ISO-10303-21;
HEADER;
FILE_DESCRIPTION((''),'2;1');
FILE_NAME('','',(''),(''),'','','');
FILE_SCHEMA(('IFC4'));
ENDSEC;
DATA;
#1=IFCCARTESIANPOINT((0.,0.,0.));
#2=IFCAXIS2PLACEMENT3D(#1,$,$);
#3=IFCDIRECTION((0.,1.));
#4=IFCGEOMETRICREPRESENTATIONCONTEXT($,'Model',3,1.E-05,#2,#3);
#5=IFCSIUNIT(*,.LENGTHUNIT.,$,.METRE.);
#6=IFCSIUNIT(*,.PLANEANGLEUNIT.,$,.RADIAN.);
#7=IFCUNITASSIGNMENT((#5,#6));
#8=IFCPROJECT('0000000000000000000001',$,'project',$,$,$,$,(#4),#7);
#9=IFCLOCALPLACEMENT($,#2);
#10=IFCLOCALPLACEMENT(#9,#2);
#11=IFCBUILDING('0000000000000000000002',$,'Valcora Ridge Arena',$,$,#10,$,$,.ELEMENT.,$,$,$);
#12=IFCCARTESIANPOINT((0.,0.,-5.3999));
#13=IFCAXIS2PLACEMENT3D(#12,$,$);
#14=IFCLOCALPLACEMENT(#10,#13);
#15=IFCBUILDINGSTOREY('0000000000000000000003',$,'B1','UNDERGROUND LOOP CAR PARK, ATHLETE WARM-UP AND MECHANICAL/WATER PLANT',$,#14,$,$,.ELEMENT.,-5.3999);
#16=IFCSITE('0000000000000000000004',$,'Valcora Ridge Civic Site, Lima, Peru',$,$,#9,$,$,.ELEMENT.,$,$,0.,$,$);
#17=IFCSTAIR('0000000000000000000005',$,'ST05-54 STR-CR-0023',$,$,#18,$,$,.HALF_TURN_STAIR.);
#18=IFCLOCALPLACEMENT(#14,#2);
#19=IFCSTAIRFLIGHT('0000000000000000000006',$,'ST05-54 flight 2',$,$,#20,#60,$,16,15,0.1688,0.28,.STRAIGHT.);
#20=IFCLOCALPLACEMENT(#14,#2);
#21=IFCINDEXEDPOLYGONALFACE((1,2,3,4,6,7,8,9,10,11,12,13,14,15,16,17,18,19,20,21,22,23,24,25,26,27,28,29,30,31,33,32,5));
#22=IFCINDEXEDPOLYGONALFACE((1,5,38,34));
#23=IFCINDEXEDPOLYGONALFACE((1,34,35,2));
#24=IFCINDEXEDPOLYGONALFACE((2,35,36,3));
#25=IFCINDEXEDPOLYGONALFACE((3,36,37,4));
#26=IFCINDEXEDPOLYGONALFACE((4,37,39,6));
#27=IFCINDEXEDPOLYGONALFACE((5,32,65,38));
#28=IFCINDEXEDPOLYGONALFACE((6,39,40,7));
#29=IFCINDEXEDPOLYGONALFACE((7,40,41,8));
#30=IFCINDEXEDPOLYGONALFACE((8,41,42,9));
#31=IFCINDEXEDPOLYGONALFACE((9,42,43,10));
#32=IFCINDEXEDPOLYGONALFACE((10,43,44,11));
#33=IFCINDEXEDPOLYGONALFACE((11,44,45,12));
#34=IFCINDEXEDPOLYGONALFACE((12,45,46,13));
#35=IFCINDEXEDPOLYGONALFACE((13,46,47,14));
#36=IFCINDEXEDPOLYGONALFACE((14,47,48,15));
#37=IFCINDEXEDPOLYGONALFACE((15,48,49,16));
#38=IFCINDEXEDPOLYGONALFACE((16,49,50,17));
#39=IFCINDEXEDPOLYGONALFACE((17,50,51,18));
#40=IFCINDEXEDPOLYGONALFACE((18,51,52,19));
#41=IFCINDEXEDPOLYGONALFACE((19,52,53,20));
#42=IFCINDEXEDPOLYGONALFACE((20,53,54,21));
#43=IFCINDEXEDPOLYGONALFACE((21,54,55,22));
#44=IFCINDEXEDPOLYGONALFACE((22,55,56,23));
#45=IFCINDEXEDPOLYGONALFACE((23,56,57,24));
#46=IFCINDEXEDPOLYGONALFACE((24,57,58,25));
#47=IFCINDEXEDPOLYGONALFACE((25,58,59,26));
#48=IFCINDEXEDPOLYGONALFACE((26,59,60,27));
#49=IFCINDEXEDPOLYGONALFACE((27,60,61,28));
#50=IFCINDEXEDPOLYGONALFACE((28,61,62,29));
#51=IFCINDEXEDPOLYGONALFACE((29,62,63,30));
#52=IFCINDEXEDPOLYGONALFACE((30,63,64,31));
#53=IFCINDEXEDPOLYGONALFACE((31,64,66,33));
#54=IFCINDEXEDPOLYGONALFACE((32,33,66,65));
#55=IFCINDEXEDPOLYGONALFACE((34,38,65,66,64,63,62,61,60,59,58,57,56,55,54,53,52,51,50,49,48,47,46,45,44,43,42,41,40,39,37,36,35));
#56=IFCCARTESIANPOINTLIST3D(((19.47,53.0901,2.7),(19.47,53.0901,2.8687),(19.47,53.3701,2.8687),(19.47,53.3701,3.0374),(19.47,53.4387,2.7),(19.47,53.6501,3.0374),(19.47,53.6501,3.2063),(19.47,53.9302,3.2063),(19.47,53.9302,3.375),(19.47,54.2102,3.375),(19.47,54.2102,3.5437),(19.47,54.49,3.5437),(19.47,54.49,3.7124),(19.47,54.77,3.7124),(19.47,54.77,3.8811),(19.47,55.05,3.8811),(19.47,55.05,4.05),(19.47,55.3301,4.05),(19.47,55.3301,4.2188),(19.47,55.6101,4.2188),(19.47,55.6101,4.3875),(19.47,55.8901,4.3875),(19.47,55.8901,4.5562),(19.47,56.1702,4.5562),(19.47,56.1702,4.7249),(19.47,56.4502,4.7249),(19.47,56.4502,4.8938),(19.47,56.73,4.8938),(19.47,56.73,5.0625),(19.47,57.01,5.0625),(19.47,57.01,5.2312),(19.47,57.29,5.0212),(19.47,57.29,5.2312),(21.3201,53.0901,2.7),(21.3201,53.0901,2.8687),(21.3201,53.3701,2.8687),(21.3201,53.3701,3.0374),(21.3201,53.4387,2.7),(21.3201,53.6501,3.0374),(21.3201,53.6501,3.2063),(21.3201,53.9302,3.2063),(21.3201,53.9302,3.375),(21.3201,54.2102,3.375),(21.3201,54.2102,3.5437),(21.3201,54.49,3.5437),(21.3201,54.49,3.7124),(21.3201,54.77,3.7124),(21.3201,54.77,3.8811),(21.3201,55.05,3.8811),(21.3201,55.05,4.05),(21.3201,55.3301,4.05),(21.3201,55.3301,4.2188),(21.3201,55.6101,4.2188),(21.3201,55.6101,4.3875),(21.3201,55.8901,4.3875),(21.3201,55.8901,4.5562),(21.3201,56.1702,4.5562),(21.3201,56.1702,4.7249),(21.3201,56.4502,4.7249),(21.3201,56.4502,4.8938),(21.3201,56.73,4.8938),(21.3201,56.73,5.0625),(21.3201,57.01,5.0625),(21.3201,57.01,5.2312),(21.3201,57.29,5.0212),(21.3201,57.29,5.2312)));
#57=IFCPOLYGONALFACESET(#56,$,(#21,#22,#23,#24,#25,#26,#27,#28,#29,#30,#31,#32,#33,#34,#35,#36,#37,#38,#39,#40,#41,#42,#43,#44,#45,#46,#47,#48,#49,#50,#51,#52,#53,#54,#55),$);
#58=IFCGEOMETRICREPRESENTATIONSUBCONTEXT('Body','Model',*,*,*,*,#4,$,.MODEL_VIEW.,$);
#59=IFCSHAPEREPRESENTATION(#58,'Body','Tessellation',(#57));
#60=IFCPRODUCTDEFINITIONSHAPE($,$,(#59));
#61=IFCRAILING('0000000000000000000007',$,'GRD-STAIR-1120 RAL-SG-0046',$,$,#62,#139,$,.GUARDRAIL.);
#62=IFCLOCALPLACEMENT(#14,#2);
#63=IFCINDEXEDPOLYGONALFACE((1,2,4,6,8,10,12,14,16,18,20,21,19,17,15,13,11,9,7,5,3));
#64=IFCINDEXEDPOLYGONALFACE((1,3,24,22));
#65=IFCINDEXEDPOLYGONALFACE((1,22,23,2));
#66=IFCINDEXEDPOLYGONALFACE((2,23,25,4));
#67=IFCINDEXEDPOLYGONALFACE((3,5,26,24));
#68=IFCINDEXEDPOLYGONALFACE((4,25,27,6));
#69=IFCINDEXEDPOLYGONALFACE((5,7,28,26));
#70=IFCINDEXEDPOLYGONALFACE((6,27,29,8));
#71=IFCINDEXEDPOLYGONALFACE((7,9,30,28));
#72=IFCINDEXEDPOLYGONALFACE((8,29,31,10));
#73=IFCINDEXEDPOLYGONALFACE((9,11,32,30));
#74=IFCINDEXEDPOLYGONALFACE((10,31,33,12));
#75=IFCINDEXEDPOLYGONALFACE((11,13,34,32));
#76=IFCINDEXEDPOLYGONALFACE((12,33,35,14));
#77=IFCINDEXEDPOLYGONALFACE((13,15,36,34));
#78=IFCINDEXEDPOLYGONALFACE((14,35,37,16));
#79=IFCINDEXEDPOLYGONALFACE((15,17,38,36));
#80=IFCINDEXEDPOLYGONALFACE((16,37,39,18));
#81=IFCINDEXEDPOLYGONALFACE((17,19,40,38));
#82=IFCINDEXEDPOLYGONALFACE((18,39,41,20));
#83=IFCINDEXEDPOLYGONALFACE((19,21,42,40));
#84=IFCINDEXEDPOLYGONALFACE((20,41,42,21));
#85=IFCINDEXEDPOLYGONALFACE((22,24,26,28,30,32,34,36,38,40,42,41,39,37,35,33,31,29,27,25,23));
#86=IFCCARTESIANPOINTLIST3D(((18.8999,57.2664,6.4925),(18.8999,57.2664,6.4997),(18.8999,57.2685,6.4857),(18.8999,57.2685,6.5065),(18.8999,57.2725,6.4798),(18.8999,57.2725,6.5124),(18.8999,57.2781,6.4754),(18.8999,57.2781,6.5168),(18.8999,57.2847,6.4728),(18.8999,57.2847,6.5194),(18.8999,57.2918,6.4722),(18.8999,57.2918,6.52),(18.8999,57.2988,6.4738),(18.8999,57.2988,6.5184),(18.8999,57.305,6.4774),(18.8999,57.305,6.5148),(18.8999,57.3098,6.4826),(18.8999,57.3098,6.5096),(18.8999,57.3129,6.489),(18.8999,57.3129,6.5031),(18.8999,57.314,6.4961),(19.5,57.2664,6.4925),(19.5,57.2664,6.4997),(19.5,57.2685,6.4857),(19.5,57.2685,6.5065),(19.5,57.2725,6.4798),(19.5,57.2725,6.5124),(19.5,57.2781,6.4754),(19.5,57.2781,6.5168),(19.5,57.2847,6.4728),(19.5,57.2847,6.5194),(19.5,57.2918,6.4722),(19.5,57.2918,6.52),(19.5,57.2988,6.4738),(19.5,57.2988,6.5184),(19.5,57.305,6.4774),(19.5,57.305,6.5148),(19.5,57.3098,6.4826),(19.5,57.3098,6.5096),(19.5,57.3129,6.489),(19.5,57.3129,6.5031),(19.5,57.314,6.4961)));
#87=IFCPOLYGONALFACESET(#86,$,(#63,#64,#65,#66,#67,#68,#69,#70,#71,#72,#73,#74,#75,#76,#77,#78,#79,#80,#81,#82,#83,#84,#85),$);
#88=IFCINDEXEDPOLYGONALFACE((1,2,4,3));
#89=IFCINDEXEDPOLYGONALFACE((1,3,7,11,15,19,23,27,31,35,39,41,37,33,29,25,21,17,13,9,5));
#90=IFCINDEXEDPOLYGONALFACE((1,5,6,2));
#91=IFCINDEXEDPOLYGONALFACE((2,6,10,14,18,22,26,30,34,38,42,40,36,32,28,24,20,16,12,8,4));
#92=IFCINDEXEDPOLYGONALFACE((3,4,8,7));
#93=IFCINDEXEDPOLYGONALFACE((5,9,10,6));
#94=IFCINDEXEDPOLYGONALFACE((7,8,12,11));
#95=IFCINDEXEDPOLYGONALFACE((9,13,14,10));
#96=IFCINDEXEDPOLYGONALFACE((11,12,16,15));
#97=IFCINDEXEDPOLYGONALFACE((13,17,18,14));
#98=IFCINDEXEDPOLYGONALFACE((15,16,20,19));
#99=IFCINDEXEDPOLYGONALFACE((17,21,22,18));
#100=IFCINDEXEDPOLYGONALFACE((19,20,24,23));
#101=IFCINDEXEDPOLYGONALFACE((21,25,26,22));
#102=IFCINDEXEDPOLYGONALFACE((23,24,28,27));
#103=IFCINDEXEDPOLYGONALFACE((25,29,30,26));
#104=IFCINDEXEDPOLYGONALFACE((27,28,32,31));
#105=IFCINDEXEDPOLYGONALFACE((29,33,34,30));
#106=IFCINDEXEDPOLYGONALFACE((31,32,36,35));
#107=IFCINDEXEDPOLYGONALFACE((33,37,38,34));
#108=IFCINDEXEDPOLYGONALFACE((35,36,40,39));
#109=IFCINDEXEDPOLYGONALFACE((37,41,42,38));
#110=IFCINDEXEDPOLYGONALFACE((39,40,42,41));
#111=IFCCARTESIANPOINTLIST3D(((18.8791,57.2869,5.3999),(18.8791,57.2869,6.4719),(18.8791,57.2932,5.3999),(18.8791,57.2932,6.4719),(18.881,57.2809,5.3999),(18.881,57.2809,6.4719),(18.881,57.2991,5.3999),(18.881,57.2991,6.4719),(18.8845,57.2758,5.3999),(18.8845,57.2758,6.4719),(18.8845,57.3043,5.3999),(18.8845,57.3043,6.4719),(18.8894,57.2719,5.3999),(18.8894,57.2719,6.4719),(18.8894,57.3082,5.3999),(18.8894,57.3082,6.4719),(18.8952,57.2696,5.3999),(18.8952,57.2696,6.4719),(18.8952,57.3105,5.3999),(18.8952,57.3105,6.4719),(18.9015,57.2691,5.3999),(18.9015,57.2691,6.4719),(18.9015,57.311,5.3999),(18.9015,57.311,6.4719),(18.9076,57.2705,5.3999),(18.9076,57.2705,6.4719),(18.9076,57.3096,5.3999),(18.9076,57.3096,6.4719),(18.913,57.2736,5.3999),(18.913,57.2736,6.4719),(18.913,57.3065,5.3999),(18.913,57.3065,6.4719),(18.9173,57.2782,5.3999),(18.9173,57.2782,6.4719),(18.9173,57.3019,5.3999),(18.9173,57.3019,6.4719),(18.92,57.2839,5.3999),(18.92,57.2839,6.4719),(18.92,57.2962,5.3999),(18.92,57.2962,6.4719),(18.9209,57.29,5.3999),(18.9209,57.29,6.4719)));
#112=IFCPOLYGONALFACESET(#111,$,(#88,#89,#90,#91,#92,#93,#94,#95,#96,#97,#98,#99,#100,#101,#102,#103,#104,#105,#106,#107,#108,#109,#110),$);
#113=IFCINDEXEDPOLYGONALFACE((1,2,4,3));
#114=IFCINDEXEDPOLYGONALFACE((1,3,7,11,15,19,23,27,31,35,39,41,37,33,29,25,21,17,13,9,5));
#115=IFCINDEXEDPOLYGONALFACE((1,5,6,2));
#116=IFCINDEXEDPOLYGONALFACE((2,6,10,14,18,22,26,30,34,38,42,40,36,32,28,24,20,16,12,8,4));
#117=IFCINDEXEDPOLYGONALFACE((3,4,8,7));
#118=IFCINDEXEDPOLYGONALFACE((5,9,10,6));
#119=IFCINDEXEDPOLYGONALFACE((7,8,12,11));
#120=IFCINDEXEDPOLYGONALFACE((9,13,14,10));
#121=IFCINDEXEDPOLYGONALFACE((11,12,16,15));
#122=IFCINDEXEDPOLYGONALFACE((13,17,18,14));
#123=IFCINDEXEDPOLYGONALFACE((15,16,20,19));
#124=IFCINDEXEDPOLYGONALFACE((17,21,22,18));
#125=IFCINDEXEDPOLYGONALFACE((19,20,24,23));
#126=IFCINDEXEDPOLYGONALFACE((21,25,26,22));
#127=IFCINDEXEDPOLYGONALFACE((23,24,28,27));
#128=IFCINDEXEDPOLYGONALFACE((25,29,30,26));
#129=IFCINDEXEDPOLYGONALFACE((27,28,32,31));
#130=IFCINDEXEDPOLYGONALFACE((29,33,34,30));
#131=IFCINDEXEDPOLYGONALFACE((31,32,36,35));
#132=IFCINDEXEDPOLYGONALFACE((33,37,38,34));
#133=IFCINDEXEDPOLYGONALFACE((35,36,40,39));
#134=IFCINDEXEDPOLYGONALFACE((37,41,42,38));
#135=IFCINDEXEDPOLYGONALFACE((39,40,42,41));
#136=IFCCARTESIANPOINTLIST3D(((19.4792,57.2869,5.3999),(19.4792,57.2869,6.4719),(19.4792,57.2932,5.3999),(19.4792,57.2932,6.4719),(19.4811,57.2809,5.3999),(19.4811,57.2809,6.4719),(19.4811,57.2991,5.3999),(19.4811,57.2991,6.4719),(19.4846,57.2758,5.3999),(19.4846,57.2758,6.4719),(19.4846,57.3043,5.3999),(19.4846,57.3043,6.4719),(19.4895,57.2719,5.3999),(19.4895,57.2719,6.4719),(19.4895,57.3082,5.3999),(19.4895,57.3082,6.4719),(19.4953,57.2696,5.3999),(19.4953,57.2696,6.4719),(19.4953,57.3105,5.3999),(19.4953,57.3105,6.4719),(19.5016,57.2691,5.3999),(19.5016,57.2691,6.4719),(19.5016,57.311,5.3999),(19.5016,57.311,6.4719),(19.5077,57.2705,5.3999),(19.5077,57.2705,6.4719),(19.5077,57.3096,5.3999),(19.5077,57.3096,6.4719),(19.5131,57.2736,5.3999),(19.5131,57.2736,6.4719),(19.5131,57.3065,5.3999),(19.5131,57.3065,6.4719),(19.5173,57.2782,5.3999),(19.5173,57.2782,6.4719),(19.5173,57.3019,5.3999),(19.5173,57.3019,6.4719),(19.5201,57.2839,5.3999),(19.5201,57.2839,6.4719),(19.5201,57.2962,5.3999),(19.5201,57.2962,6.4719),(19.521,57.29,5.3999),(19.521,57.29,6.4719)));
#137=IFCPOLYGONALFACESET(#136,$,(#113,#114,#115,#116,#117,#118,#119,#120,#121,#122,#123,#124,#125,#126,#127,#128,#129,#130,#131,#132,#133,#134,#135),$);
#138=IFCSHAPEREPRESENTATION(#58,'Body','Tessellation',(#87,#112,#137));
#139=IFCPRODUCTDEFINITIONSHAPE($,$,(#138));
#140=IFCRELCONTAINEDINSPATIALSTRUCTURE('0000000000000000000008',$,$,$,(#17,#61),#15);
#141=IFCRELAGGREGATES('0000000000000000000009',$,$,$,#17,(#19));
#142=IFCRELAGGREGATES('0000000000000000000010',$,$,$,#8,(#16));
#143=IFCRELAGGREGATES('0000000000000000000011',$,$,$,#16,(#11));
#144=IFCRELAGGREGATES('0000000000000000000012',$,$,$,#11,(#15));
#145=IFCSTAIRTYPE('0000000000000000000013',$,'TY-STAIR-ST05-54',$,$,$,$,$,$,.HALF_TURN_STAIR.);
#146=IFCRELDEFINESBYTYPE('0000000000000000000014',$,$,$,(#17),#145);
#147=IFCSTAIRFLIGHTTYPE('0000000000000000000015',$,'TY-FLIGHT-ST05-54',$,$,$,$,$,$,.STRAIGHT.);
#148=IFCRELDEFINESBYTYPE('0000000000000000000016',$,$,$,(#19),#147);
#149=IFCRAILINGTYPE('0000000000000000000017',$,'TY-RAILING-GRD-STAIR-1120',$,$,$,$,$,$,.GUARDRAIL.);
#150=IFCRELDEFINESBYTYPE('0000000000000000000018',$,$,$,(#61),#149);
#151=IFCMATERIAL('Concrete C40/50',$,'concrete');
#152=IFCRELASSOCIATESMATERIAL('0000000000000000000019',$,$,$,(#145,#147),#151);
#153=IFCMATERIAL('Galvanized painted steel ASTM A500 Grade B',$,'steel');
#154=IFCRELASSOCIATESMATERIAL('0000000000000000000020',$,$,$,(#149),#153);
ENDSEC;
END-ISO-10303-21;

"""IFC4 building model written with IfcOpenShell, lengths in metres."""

from ifc_helpers import new_model, si_unit, direction, frame, origin, origin_2d, place, context, subcontext, project, spatial, polyline, circle, outline, extrude, material, type_object, element, aggregate, save


model = new_model("IFC4")

# Units and contexts
model_context = context("Model", 3, precision=1e-05, world=origin(), true_north=direction((0.0, 1.0)))
body_context = subcontext(model_context, "Body", "Model", "MODEL_VIEW")
ifc_project = project(units=[si_unit("LENGTHUNIT", "METRE"), si_unit("PLANEANGLEUNIT", "RADIAN")], contexts=[model_context])

# Site, building, storey
site_placement = place(None, origin())
site = spatial("IfcSite", under=ifc_project, at=site_placement, Name="Valcora Ridge Civic Site, Lima, Peru", CompositionType="ELEMENT", RefElevation=0.0)
building_placement = place(site_placement, origin())
building = spatial("IfcBuilding", under=site, at=building_placement, Name="Valcora Ridge Arena", CompositionType="ELEMENT")
storey_placement = place(building_placement, frame((0.0, 0.0, -5.3999)))
storey = spatial("IfcBuildingStorey", under=building, at=storey_placement, Name="B1", Description="UNDERGROUND LOOP CAR PARK, ATHLETE WARM-UP AND MECHANICAL/WATER PLANT", CompositionType="ELEMENT", Elevation=-5.3999)

# Shared definitions
ifc_material_1 = material(Name="Concrete C40/50", Category="concrete")

# Stair, stair flight
stair_type = type_object("IfcStairType", Name="TY-STAIR-ST05-54", PredefinedType="HALF_TURN_STAIR", material=ifc_material_1)
stair_placement = place(storey_placement, origin())
stair = element("IfcStair", 1, at=stair_placement, inside=storey, type_object=stair_type, Name="ST05-54 STR-CR-0023", PredefinedType="HALF_TURN_STAIR")
stair_flight_type = type_object("IfcStairFlightType", Name="TY-FLIGHT-ST05-54", PredefinedType="STRAIGHT", material=ifc_material_1)
stair_flight_1_placement = place(storey_placement, frame((20.395, 53.0901, 2.7), z_axis=(0.0, 0.0, 1.0), x_axis=(0.0, 1.0, 0.0)))
stair_flight_1 = element("IfcStairFlight", 2, at=stair_flight_1_placement, type_object=stair_flight_type, Name="ST05-54 flight 2", NumberOfRisers=16, NumberOfTreads=15, PredefinedType="STRAIGHT", RiserHeight=0.1688, TreadLength=0.28, context=body_context, shape_type="SweptSolid", body=[
    extrude(outline(polyline([(0.0, 0.0), (0.0, 0.1687), (0.28, 0.1687), (0.28, 0.3374), (0.5601, 0.3374), (0.5601, 0.5063), (0.8401, 0.5063), (0.8401, 0.675), (1.1201, 0.675), (1.1201, 0.8438), (1.3999, 0.8438), (1.3999, 1.0125), (1.6799, 1.0125), (1.6799, 1.1812), (1.96, 1.1812), (1.96, 1.3501), (2.24, 1.3501), (2.24, 1.5188), (2.52, 1.5188), (2.52, 1.6875), (2.8, 1.6875), (2.8, 1.8562), (3.0801, 1.8562), (3.0801, 2.0249), (3.3601, 2.0249), (3.3601, 2.1938), (3.6399, 2.1938), (3.6399, 2.3625), (3.9199, 2.3625), (3.9199, 2.5312), (4.2, 2.5312), (4.2, 2.7), (4.2, 2.3213), (0.3486, 0.0), (0.0, 0.0)])), frame((0.0, 0.925, 0.0), z_axis=(0.0, -1.0, 0.0), x_axis=(1.0, 0.0, 0.0)), (0.0, 0.0, 1.0), 1.8501),
])
aggregate(stair, [stair_flight_1])

# Railing
ifc_material_2 = material(Name="Galvanized painted steel ASTM A500 Grade B", Category="steel")
railing_type_1 = type_object("IfcRailingType", Name="TY-RAILING-GRD-STAIR-1120", PredefinedType="GUARDRAIL", material=ifc_material_2)
railing_1_placement = place(storey_placement, frame((18.8999, 57.29, 5.3999)))
element("IfcRailing", 3, at=railing_1_placement, inside=storey, type_object=railing_type_1, Name="GRD-STAIR-1120 RAL-SG-0046", PredefinedType="GUARDRAIL", context=body_context, shape_type="SweptSolid", body=[
    extrude(circle(Radius=0.0239, at=origin_2d()), frame((0.0, 0.0, 1.0962), z_axis=(1.0, 0.0, 0.0), x_axis=(0.0, 1.0, 0.0)), (0.0, 0.0, 1.0), 0.6001),
    extrude(circle(Radius=0.021, at=origin_2d()), origin(), (0.0, 0.0, 1.0), 1.072),
    extrude(circle(Radius=0.021, at=origin_2d()), frame((0.6001, 0.0, 0.0)), (0.0, 0.0, 1.0), 1.072),
])

save(model, "model.ifc")
